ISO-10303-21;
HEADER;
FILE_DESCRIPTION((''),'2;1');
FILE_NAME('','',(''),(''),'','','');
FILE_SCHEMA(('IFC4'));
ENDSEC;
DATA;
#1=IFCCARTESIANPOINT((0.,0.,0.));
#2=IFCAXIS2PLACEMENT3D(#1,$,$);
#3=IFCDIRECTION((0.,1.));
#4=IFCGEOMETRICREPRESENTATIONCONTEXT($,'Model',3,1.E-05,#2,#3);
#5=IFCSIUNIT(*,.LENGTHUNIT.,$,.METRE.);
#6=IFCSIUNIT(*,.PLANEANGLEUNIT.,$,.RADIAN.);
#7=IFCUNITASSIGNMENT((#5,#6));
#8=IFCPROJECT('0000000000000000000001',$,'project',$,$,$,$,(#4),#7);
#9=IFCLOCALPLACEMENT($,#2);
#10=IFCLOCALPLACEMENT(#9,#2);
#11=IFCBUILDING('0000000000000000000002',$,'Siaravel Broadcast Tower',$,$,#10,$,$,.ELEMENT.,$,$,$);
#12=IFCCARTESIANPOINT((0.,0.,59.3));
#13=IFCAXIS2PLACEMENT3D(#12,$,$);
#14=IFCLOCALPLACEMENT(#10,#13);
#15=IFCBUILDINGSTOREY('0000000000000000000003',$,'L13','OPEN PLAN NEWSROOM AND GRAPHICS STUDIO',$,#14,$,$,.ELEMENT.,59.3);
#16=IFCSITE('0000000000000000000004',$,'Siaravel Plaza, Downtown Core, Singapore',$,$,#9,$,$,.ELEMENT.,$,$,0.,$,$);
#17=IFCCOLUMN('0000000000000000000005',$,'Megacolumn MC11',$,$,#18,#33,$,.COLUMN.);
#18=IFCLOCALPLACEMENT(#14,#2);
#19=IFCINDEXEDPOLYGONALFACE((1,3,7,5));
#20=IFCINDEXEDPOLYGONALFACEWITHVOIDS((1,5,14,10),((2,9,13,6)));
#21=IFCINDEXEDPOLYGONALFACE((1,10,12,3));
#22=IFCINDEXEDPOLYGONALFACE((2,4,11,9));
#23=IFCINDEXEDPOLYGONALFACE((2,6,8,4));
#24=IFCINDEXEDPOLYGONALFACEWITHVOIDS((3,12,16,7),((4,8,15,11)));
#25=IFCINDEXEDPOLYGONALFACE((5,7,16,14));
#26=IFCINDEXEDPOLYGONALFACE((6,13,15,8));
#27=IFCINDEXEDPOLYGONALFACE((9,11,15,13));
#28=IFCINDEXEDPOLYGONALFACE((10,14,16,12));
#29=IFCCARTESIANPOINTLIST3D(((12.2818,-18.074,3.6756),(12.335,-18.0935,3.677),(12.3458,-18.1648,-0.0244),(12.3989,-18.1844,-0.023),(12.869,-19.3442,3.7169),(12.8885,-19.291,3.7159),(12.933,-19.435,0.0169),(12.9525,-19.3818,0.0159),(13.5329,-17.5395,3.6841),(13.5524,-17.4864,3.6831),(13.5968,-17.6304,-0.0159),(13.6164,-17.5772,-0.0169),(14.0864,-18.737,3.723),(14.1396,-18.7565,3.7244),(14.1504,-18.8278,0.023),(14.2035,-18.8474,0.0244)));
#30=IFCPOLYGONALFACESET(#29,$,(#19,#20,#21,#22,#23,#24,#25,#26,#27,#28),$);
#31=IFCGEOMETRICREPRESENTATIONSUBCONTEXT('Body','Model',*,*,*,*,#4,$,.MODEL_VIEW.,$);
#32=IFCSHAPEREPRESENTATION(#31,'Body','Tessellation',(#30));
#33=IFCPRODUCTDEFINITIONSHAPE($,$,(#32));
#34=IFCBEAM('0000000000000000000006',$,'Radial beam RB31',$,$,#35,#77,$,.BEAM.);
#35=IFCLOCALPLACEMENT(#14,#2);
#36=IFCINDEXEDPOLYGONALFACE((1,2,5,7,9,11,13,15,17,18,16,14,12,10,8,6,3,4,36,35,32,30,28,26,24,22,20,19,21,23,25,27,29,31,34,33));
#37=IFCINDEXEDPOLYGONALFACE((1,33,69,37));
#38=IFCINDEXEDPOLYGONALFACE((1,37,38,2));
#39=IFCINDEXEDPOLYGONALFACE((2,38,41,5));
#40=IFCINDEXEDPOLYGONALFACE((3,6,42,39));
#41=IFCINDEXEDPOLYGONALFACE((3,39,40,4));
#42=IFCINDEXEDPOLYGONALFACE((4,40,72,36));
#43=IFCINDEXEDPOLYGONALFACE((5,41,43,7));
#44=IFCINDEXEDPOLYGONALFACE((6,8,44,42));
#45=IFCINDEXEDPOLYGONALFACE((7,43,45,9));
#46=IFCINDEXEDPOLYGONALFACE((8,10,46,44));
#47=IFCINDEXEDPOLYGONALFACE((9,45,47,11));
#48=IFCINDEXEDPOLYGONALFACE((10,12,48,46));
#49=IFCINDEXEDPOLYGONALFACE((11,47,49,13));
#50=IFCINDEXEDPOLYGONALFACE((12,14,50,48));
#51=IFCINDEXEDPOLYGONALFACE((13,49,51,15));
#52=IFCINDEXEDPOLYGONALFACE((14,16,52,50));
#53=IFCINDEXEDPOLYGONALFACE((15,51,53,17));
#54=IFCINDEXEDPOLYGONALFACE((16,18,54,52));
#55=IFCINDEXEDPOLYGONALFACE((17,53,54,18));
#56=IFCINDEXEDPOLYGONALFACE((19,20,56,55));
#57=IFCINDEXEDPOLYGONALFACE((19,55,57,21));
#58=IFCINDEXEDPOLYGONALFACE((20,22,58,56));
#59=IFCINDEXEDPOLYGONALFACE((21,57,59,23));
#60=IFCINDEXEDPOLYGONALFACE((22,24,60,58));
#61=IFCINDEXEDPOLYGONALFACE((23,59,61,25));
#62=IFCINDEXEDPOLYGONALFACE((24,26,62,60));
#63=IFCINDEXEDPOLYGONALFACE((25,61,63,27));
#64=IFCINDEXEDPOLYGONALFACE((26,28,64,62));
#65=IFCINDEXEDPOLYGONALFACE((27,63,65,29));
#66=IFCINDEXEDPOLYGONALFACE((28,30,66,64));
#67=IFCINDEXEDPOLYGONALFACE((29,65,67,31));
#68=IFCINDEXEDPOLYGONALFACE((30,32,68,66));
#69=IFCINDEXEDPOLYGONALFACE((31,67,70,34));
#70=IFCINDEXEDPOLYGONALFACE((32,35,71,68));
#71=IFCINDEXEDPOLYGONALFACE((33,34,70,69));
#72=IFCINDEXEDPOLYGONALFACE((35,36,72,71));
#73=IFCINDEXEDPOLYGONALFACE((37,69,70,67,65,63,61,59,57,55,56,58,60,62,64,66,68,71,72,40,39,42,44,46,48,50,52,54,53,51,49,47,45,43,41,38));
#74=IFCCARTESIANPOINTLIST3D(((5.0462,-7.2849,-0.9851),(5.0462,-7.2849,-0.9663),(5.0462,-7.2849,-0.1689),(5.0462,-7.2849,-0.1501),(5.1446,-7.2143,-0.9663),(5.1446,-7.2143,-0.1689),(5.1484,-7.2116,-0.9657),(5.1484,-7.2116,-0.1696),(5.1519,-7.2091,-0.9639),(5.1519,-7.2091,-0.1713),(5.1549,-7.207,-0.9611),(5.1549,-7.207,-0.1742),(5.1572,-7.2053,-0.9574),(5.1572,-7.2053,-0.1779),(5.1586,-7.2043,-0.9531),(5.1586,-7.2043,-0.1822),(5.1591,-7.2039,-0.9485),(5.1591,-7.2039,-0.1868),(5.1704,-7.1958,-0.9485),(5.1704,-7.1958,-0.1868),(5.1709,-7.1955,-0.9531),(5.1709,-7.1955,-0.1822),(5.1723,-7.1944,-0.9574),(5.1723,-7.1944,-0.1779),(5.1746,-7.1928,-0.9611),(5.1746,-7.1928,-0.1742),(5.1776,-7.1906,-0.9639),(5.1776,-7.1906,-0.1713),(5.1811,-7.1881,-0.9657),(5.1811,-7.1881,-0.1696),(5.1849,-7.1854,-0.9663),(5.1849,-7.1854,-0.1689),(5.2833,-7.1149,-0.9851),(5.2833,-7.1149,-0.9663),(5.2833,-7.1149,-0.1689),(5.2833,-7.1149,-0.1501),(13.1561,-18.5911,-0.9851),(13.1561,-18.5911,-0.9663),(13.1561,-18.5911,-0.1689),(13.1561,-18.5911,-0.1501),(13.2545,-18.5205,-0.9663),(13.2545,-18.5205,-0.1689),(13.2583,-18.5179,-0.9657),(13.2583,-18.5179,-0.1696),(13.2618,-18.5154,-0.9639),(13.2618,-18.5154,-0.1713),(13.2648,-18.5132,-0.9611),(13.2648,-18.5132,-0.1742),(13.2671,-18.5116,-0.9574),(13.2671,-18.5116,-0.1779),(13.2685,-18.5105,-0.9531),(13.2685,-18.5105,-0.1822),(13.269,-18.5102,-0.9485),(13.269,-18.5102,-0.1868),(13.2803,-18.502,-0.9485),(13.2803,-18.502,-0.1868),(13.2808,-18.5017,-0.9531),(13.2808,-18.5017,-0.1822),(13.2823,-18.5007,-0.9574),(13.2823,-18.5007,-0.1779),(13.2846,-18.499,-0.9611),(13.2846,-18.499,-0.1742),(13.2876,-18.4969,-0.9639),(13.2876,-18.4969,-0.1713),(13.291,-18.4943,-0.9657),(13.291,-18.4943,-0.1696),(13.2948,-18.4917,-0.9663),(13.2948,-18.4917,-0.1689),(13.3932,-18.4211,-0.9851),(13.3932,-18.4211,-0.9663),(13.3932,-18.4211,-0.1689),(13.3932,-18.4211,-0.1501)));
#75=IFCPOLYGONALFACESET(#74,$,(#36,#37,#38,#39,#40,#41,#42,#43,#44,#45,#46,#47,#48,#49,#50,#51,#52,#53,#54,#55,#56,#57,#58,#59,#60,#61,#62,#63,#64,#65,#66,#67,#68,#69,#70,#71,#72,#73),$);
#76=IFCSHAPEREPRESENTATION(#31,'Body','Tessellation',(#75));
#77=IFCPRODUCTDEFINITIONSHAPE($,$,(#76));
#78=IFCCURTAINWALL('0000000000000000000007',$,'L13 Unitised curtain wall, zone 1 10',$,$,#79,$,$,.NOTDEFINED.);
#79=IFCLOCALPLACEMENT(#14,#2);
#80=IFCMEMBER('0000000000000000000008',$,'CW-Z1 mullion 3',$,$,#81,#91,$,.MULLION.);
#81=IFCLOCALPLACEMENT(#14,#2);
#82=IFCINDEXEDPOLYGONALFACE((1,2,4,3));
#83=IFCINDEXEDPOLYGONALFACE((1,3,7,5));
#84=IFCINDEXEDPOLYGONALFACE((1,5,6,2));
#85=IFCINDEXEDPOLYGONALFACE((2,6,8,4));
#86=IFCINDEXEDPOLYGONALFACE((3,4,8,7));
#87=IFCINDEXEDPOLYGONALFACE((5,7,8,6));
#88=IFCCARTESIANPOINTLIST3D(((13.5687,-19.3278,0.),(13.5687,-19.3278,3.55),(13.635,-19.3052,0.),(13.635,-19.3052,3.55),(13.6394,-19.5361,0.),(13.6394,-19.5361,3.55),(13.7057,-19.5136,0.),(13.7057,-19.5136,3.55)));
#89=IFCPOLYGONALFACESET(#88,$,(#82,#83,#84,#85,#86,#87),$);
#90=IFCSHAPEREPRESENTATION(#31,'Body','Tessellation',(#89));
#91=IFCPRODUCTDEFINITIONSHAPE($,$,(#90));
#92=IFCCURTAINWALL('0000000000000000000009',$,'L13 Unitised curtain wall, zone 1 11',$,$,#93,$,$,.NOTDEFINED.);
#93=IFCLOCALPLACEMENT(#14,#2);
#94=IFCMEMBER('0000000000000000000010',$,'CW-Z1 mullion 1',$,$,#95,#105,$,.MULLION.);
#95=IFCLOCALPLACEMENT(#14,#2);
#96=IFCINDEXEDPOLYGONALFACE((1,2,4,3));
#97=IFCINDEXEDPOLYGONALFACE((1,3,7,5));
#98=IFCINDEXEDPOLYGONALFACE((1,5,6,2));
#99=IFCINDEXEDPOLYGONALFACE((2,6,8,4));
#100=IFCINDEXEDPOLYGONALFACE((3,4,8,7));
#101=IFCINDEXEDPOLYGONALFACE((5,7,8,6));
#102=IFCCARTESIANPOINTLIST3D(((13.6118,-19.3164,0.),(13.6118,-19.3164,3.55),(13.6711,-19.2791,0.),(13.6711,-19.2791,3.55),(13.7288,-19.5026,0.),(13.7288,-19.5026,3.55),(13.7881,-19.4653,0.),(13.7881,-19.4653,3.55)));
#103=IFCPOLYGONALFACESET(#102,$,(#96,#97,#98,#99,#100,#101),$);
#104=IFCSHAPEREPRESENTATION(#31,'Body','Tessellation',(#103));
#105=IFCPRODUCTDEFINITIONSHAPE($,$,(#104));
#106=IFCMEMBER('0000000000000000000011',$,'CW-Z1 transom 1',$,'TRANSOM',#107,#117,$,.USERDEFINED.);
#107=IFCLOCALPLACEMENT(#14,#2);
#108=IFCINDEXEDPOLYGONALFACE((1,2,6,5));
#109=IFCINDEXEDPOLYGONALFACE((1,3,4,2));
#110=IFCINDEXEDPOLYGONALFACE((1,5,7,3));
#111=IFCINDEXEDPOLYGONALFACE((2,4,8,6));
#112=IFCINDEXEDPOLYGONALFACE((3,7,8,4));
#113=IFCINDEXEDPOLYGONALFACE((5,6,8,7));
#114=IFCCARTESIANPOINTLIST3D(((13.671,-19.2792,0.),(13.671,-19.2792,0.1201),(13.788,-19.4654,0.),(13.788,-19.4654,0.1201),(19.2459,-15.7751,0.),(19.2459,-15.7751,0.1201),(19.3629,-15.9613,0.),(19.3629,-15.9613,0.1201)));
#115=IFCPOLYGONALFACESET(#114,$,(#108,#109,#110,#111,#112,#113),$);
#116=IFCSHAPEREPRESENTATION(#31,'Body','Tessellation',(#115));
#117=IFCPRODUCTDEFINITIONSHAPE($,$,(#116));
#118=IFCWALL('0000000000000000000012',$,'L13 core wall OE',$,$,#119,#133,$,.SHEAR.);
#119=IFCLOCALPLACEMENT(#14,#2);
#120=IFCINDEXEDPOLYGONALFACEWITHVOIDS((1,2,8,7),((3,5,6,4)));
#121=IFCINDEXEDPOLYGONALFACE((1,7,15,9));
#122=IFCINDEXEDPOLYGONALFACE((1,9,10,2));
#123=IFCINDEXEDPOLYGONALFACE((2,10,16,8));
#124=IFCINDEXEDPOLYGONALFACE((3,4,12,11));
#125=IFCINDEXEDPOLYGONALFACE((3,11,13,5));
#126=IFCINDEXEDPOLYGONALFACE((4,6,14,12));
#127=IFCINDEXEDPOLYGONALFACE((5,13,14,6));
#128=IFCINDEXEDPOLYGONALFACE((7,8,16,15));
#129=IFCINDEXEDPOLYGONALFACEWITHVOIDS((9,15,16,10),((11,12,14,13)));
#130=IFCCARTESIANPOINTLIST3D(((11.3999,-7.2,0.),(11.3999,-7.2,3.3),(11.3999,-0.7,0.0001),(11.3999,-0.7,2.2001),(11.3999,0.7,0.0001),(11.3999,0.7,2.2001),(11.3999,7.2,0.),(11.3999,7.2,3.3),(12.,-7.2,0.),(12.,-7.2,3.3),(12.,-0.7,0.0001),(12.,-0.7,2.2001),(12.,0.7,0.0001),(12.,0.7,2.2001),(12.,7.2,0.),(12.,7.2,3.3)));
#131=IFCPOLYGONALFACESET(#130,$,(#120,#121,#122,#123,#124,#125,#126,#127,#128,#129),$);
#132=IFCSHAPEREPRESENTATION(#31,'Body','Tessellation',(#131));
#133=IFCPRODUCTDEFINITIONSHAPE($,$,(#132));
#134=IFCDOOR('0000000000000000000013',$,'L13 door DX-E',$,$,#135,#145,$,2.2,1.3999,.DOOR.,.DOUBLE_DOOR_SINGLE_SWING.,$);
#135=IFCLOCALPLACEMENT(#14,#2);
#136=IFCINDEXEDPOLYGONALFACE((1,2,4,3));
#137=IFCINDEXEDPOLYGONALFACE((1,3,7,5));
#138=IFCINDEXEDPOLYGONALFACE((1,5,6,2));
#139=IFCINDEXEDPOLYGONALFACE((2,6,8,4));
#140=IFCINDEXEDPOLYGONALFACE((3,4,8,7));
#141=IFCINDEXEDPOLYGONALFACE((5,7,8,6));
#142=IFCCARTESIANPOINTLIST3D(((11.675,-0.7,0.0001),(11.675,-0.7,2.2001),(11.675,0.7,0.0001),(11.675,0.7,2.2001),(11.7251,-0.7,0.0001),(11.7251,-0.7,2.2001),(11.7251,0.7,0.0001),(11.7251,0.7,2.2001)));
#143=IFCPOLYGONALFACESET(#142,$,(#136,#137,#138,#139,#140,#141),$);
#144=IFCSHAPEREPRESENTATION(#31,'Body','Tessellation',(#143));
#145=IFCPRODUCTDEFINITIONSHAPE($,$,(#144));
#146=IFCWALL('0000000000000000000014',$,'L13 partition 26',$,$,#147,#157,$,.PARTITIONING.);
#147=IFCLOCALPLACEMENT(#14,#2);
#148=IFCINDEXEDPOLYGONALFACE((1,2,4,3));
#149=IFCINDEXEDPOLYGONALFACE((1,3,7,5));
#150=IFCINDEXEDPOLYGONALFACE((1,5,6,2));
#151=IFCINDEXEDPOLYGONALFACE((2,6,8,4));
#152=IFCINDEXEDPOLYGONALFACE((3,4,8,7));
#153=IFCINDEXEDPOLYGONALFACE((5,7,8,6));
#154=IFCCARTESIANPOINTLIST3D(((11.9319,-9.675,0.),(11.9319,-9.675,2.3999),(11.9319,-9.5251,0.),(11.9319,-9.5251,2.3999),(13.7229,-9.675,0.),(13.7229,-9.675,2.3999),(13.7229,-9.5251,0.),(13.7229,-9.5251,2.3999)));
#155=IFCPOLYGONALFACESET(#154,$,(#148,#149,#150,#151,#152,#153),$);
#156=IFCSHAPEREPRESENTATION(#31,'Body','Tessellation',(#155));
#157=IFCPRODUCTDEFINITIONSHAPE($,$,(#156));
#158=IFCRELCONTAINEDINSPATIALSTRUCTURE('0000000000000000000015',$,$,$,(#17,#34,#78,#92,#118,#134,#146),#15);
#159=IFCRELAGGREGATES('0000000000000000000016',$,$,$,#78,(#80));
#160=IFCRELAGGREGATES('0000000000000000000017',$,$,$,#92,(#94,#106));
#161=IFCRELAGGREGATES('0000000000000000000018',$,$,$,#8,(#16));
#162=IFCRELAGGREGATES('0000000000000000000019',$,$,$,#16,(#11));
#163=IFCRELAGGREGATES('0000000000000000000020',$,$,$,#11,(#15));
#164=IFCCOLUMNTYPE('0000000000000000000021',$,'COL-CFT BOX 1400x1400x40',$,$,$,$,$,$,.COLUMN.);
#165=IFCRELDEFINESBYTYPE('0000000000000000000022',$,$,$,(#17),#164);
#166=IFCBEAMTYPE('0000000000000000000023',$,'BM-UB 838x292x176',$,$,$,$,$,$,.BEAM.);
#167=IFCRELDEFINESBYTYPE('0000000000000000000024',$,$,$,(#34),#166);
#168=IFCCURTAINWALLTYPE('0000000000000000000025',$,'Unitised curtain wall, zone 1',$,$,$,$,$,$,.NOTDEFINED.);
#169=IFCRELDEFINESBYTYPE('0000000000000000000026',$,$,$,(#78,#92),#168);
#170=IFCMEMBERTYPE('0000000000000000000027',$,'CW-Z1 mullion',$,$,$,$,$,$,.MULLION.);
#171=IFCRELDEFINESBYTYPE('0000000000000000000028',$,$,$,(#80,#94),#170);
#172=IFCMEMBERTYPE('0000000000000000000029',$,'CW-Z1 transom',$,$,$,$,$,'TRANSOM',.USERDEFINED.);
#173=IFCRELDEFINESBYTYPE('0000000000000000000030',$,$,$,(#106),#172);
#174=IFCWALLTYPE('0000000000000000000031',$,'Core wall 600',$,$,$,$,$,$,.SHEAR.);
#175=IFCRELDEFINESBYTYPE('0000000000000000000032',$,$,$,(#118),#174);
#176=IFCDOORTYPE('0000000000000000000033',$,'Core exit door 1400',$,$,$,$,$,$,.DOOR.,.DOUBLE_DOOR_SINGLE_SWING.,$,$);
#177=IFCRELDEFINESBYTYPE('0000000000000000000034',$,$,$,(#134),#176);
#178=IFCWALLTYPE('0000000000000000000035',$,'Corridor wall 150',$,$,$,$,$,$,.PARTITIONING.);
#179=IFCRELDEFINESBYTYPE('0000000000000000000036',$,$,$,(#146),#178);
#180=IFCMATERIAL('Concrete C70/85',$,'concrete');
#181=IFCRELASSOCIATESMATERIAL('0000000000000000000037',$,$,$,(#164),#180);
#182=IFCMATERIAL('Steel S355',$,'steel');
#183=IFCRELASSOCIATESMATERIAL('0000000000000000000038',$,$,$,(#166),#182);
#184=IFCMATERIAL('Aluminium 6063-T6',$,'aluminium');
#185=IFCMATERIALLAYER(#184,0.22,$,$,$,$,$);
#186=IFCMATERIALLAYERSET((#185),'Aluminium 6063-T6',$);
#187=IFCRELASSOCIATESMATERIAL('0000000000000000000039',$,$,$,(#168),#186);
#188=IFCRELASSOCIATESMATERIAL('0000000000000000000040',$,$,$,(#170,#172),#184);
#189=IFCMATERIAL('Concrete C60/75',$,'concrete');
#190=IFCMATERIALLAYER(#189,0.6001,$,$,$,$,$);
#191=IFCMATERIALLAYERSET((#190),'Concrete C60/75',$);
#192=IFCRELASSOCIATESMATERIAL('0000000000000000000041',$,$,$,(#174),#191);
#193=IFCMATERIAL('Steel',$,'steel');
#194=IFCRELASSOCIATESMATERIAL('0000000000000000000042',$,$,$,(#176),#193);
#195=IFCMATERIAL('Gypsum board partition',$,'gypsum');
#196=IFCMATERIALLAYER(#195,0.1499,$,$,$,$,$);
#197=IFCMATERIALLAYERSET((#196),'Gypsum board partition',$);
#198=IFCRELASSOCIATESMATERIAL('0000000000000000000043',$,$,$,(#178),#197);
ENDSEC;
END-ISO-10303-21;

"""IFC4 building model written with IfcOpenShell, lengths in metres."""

from ifc_helpers import new_model, si_unit, direction, frame, frame_2d, origin, origin_2d, place, context, subcontext, project, spatial, rectangle, hollow_rectangle, i_section, extrude, material, layer, layer_set, material_profile, profile_set, type_object, element, fill, aggregate, save


model = new_model("IFC4")

# Units and contexts
model_context = context("Model", 3, precision=1e-05, world=origin(), true_north=direction((0.0, 1.0)))
body_context = subcontext(model_context, "Body", "Model", "MODEL_VIEW")
ifc_project = project(units=[si_unit("LENGTHUNIT", "METRE"), si_unit("PLANEANGLEUNIT", "RADIAN")], contexts=[model_context])

# Site, building, storey
site_placement = place(None, origin())
site = spatial("IfcSite", under=ifc_project, at=site_placement, Name="Siaravel Plaza, Downtown Core, Singapore", CompositionType="ELEMENT", RefElevation=0.0)
building_placement = place(site_placement, origin())
building = spatial("IfcBuilding", under=site, at=building_placement, Name="Siaravel Broadcast Tower", CompositionType="ELEMENT")
storey_placement = place(building_placement, frame((0.0, 0.0, 59.3)))
storey = spatial("IfcBuildingStorey", under=building, at=storey_placement, Name="L13", Description="OPEN PLAN NEWSROOM AND GRAPHICS STUDIO", CompositionType="ELEMENT", Elevation=59.3)

# Column
ifc_material_1 = material(Name="Concrete C70/85", Category="concrete")
ifc_material_profile_1 = material_profile(ifc_material_1, hollow_rectangle(XDim=1.3999, YDim=1.3999, WallThickness=0.04, at=origin_2d()))
ifc_profile_set_1 = profile_set([ifc_material_profile_1], Name="Concrete C70/85")
column_type = type_object("IfcColumnType", Name="COL-CFT BOX 1400x1400x40", PredefinedType="COLUMN", material=ifc_profile_set_1)
column_placement = place(storey_placement, frame((13.2747, -18.5061, 0.0), z_axis=(-0.01728, 0.024535, 0.99955), x_axis=(-0.907621, -0.419757, -0.005387)))
element("IfcColumn", 1, at=column_placement, inside=storey, type_object=column_type, Name="Megacolumn MC11", PredefinedType="COLUMN", context=body_context, shape_type="SweptSolid", body=[
    extrude(hollow_rectangle(XDim=1.3999, YDim=1.3999, WallThickness=0.04, at=origin_2d()), origin(), (0.0, 0.0, 1.0), 3.7017),
])

# Beam
ifc_material_2 = material(Name="Steel S355", Category="steel")
ifc_material_profile_2 = material_profile(ifc_material_2, i_section(OverallWidth=0.2917, OverallDepth=0.835, WebThickness=0.0139, FlangeThickness=0.0188, FilletRadius=0.0178, at=origin_2d()))
ifc_profile_set_2 = profile_set([ifc_material_profile_2], Name="Steel S355")
beam_type = type_object("IfcBeamType", Name="BM-UB 838x292x176", PredefinedType="BEAM", material=ifc_profile_set_2)
beam_placement = place(storey_placement, frame((13.2747, -18.5061, -0.5676), z_axis=(-0.582857, 0.812575, 0.0), x_axis=(-0.812575, -0.582857, 0.0)))
element("IfcBeam", 2, at=beam_placement, inside=storey, type_object=beam_type, Name="Radial beam RB31", PredefinedType="BEAM", context=body_context, shape_type="SweptSolid", body=[
    extrude(i_section(OverallWidth=0.2917, OverallDepth=0.835, WebThickness=0.0139, FlangeThickness=0.0188, FilletRadius=0.0178, at=origin_2d()), origin(), (0.0, 0.0, 1.0), 13.9141),
])

# Curtain wall, member
ifc_material_3 = material(Name="Aluminium 6063-T6", Category="aluminium")
ifc_layer_1 = layer(ifc_material_3, 0.22)
ifc_layer_set_1 = layer_set([ifc_layer_1], Name="Aluminium 6063-T6")
curtain_wall_type = type_object("IfcCurtainWallType", Name="Unitised curtain wall, zone 1", PredefinedType="NOTDEFINED", material=ifc_layer_set_1)
curtain_wall_1_placement = place(storey_placement, origin())
curtain_wall_1 = element("IfcCurtainWall", 3, at=curtain_wall_1_placement, inside=storey, type_object=curtain_wall_type, Name="L13 Unitised curtain wall, zone 1 10", PredefinedType="NOTDEFINED")
ifc_material_profile_3 = material_profile(ifc_material_3, rectangle(XDim=0.22, YDim=0.0701, at=origin_2d()))
ifc_profile_set_3 = profile_set([ifc_material_profile_3], Name="Aluminium 6063-T6")
member_type_1 = type_object("IfcMemberType", Name="CW-Z1 mullion", PredefinedType="MULLION", material=ifc_profile_set_3)
member_1_placement = place(storey_placement, frame((13.6372, -19.4207, 0.0), z_axis=(0.0, 0.0, 1.0), x_axis=(-0.3213, 0.946978, 0.0)))
member_1 = element("IfcMember", 4, at=member_1_placement, type_object=member_type_1, Name="CW-Z1 mullion 3", PredefinedType="MULLION", context=body_context, shape_type="SweptSolid", body=[
    extrude(rectangle(XDim=0.22, YDim=0.0701, at=origin_2d()), origin(), (0.0, 0.0, 1.0), 3.55),
])
aggregate(curtain_wall_1, [member_1])

# Curtain wall, members
curtain_wall_2_placement = place(storey_placement, origin())
curtain_wall_2 = element("IfcCurtainWall", 5, at=curtain_wall_2_placement, inside=storey, type_object=curtain_wall_type, Name="L13 Unitised curtain wall, zone 1 11", PredefinedType="NOTDEFINED")
member_2_placement = place(storey_placement, frame((13.7, -19.3909, 0.0), z_axis=(0.0, 0.0, 1.0), x_axis=(-0.532148, 0.846651, 0.0)))
member_2 = element("IfcMember", 6, at=member_2_placement, type_object=member_type_1, Name="CW-Z1 mullion 1", PredefinedType="MULLION", context=body_context, shape_type="SweptSolid", body=[
    extrude(rectangle(XDim=0.22, YDim=0.0701, at=origin_2d()), origin(), (0.0, 0.0, 1.0), 3.55),
])
ifc_material_profile_4 = material_profile(ifc_material_3, rectangle(XDim=0.22, YDim=0.1201, at=origin_2d()))
ifc_profile_set_4 = profile_set([ifc_material_profile_4], Name="Aluminium 6063-T6")
member_type_2 = type_object("IfcMemberType", Name="CW-Z1 transom", ElementType="TRANSOM", PredefinedType="USERDEFINED", material=ifc_profile_set_4)
member_3_placement = place(storey_placement, frame((13.7295, -19.3723, 0.0601), z_axis=(0.846644, 0.53216, 0.0), x_axis=(-0.53216, 0.846644, 0.0)))
member_3 = element("IfcMember", 7, at=member_3_placement, type_object=member_type_2, Name="CW-Z1 transom 1", ObjectType="TRANSOM", PredefinedType="USERDEFINED", context=body_context, shape_type="SweptSolid", body=[
    extrude(rectangle(XDim=0.22, YDim=0.1201, at=origin_2d()), origin(), (0.0, 0.0, 1.0), 6.5847),
])
aggregate(curtain_wall_2, [member_2, member_3])

# Wall, opening, door
ifc_material_4 = material(Name="Concrete C60/75", Category="concrete")
ifc_layer_2 = layer(ifc_material_4, 0.6001)
ifc_layer_set_2 = layer_set([ifc_layer_2], Name="Concrete C60/75")
wall_type_1 = type_object("IfcWallType", Name="Core wall 600", PredefinedType="SHEAR", material=ifc_layer_set_2)
wall_1_placement = place(storey_placement, frame((11.7, -7.2, 0.0), z_axis=(0.0, 0.0, 1.0), x_axis=(0.0, 1.0, 0.0)))
wall_1 = element("IfcWall", 8, at=wall_1_placement, inside=storey, type_object=wall_type_1, Name="L13 core wall OE", PredefinedType="SHEAR", context=body_context, shape_type="SweptSolid", body=[
    extrude(rectangle(XDim=14.3999, YDim=0.6001, at=frame_2d((7.2, 0.0))), origin(), (0.0, 0.0, 1.0), 3.3),
])
opening_1_placement = place(wall_1_placement, frame((6.5, 0.0, 0.0)))
opening_1 = element("IfcOpeningElement", 9, at=opening_1_placement, cuts=wall_1, PredefinedType="OPENING", context=body_context, shape_type="SweptSolid", body=[
    extrude(rectangle(XDim=1.3999, YDim=2.2, at=frame_2d((0.7, 1.1001))), frame((0.0, 0.3101, 0.0), z_axis=(0.0, -1.0, 0.0), x_axis=(1.0, 0.0, 0.0)), (0.0, 0.0, 1.0), 0.6201),
])
ifc_material_5 = material(Name="Steel", Category="steel")
door_type_1 = type_object("IfcDoorType", Name="Core exit door 1400", OperationType="DOUBLE_DOOR_SINGLE_SWING", PredefinedType="DOOR", material=ifc_material_5)
door_1_placement = place(opening_1_placement, origin())
door_1 = element("IfcDoor", 10, at=door_1_placement, inside=storey, type_object=door_type_1, Name="L13 door DX-E", OperationType="DOUBLE_DOOR_SINGLE_SWING", OverallHeight=2.2, OverallWidth=1.3999, PredefinedType="DOOR", context=body_context, shape_type="SweptSolid", body=[
    extrude(rectangle(XDim=1.3999, YDim=2.2, at=frame_2d((0.7, 1.1001))), frame((0.0, 0.0249, 0.0), z_axis=(0.0, -1.0, 0.0), x_axis=(1.0, 0.0, 0.0)), (0.0, 0.0, 1.0), 0.05),
])
fill(opening_1, door_1)
ifc_material_6 = material(Name="Gypsum board partition", Category="gypsum")
ifc_layer_3 = layer(ifc_material_6, 0.1499)
ifc_layer_set_3 = layer_set([ifc_layer_3], Name="Gypsum board partition")
wall_type_2 = type_object("IfcWallType", Name="Corridor wall 150", PredefinedType="PARTITIONING", material=ifc_layer_set_3)

# Wall
wall_2_placement = place(storey_placement, frame((11.9319, -9.6001, 0.0), z_axis=(0.0, 0.0, 1.0), x_axis=(1.0, 0.0, 0.0)))
element("IfcWall", 11, at=wall_2_placement, inside=storey, type_object=wall_type_2, Name="L13 partition 26", PredefinedType="PARTITIONING", context=body_context, shape_type="SweptSolid", body=[
    extrude(rectangle(XDim=1.791, YDim=0.1499, at=frame_2d((0.8955, 0.0))), origin(), (0.0, 0.0, 1.0), 2.3999),
])

save(model, "model.ifc")
